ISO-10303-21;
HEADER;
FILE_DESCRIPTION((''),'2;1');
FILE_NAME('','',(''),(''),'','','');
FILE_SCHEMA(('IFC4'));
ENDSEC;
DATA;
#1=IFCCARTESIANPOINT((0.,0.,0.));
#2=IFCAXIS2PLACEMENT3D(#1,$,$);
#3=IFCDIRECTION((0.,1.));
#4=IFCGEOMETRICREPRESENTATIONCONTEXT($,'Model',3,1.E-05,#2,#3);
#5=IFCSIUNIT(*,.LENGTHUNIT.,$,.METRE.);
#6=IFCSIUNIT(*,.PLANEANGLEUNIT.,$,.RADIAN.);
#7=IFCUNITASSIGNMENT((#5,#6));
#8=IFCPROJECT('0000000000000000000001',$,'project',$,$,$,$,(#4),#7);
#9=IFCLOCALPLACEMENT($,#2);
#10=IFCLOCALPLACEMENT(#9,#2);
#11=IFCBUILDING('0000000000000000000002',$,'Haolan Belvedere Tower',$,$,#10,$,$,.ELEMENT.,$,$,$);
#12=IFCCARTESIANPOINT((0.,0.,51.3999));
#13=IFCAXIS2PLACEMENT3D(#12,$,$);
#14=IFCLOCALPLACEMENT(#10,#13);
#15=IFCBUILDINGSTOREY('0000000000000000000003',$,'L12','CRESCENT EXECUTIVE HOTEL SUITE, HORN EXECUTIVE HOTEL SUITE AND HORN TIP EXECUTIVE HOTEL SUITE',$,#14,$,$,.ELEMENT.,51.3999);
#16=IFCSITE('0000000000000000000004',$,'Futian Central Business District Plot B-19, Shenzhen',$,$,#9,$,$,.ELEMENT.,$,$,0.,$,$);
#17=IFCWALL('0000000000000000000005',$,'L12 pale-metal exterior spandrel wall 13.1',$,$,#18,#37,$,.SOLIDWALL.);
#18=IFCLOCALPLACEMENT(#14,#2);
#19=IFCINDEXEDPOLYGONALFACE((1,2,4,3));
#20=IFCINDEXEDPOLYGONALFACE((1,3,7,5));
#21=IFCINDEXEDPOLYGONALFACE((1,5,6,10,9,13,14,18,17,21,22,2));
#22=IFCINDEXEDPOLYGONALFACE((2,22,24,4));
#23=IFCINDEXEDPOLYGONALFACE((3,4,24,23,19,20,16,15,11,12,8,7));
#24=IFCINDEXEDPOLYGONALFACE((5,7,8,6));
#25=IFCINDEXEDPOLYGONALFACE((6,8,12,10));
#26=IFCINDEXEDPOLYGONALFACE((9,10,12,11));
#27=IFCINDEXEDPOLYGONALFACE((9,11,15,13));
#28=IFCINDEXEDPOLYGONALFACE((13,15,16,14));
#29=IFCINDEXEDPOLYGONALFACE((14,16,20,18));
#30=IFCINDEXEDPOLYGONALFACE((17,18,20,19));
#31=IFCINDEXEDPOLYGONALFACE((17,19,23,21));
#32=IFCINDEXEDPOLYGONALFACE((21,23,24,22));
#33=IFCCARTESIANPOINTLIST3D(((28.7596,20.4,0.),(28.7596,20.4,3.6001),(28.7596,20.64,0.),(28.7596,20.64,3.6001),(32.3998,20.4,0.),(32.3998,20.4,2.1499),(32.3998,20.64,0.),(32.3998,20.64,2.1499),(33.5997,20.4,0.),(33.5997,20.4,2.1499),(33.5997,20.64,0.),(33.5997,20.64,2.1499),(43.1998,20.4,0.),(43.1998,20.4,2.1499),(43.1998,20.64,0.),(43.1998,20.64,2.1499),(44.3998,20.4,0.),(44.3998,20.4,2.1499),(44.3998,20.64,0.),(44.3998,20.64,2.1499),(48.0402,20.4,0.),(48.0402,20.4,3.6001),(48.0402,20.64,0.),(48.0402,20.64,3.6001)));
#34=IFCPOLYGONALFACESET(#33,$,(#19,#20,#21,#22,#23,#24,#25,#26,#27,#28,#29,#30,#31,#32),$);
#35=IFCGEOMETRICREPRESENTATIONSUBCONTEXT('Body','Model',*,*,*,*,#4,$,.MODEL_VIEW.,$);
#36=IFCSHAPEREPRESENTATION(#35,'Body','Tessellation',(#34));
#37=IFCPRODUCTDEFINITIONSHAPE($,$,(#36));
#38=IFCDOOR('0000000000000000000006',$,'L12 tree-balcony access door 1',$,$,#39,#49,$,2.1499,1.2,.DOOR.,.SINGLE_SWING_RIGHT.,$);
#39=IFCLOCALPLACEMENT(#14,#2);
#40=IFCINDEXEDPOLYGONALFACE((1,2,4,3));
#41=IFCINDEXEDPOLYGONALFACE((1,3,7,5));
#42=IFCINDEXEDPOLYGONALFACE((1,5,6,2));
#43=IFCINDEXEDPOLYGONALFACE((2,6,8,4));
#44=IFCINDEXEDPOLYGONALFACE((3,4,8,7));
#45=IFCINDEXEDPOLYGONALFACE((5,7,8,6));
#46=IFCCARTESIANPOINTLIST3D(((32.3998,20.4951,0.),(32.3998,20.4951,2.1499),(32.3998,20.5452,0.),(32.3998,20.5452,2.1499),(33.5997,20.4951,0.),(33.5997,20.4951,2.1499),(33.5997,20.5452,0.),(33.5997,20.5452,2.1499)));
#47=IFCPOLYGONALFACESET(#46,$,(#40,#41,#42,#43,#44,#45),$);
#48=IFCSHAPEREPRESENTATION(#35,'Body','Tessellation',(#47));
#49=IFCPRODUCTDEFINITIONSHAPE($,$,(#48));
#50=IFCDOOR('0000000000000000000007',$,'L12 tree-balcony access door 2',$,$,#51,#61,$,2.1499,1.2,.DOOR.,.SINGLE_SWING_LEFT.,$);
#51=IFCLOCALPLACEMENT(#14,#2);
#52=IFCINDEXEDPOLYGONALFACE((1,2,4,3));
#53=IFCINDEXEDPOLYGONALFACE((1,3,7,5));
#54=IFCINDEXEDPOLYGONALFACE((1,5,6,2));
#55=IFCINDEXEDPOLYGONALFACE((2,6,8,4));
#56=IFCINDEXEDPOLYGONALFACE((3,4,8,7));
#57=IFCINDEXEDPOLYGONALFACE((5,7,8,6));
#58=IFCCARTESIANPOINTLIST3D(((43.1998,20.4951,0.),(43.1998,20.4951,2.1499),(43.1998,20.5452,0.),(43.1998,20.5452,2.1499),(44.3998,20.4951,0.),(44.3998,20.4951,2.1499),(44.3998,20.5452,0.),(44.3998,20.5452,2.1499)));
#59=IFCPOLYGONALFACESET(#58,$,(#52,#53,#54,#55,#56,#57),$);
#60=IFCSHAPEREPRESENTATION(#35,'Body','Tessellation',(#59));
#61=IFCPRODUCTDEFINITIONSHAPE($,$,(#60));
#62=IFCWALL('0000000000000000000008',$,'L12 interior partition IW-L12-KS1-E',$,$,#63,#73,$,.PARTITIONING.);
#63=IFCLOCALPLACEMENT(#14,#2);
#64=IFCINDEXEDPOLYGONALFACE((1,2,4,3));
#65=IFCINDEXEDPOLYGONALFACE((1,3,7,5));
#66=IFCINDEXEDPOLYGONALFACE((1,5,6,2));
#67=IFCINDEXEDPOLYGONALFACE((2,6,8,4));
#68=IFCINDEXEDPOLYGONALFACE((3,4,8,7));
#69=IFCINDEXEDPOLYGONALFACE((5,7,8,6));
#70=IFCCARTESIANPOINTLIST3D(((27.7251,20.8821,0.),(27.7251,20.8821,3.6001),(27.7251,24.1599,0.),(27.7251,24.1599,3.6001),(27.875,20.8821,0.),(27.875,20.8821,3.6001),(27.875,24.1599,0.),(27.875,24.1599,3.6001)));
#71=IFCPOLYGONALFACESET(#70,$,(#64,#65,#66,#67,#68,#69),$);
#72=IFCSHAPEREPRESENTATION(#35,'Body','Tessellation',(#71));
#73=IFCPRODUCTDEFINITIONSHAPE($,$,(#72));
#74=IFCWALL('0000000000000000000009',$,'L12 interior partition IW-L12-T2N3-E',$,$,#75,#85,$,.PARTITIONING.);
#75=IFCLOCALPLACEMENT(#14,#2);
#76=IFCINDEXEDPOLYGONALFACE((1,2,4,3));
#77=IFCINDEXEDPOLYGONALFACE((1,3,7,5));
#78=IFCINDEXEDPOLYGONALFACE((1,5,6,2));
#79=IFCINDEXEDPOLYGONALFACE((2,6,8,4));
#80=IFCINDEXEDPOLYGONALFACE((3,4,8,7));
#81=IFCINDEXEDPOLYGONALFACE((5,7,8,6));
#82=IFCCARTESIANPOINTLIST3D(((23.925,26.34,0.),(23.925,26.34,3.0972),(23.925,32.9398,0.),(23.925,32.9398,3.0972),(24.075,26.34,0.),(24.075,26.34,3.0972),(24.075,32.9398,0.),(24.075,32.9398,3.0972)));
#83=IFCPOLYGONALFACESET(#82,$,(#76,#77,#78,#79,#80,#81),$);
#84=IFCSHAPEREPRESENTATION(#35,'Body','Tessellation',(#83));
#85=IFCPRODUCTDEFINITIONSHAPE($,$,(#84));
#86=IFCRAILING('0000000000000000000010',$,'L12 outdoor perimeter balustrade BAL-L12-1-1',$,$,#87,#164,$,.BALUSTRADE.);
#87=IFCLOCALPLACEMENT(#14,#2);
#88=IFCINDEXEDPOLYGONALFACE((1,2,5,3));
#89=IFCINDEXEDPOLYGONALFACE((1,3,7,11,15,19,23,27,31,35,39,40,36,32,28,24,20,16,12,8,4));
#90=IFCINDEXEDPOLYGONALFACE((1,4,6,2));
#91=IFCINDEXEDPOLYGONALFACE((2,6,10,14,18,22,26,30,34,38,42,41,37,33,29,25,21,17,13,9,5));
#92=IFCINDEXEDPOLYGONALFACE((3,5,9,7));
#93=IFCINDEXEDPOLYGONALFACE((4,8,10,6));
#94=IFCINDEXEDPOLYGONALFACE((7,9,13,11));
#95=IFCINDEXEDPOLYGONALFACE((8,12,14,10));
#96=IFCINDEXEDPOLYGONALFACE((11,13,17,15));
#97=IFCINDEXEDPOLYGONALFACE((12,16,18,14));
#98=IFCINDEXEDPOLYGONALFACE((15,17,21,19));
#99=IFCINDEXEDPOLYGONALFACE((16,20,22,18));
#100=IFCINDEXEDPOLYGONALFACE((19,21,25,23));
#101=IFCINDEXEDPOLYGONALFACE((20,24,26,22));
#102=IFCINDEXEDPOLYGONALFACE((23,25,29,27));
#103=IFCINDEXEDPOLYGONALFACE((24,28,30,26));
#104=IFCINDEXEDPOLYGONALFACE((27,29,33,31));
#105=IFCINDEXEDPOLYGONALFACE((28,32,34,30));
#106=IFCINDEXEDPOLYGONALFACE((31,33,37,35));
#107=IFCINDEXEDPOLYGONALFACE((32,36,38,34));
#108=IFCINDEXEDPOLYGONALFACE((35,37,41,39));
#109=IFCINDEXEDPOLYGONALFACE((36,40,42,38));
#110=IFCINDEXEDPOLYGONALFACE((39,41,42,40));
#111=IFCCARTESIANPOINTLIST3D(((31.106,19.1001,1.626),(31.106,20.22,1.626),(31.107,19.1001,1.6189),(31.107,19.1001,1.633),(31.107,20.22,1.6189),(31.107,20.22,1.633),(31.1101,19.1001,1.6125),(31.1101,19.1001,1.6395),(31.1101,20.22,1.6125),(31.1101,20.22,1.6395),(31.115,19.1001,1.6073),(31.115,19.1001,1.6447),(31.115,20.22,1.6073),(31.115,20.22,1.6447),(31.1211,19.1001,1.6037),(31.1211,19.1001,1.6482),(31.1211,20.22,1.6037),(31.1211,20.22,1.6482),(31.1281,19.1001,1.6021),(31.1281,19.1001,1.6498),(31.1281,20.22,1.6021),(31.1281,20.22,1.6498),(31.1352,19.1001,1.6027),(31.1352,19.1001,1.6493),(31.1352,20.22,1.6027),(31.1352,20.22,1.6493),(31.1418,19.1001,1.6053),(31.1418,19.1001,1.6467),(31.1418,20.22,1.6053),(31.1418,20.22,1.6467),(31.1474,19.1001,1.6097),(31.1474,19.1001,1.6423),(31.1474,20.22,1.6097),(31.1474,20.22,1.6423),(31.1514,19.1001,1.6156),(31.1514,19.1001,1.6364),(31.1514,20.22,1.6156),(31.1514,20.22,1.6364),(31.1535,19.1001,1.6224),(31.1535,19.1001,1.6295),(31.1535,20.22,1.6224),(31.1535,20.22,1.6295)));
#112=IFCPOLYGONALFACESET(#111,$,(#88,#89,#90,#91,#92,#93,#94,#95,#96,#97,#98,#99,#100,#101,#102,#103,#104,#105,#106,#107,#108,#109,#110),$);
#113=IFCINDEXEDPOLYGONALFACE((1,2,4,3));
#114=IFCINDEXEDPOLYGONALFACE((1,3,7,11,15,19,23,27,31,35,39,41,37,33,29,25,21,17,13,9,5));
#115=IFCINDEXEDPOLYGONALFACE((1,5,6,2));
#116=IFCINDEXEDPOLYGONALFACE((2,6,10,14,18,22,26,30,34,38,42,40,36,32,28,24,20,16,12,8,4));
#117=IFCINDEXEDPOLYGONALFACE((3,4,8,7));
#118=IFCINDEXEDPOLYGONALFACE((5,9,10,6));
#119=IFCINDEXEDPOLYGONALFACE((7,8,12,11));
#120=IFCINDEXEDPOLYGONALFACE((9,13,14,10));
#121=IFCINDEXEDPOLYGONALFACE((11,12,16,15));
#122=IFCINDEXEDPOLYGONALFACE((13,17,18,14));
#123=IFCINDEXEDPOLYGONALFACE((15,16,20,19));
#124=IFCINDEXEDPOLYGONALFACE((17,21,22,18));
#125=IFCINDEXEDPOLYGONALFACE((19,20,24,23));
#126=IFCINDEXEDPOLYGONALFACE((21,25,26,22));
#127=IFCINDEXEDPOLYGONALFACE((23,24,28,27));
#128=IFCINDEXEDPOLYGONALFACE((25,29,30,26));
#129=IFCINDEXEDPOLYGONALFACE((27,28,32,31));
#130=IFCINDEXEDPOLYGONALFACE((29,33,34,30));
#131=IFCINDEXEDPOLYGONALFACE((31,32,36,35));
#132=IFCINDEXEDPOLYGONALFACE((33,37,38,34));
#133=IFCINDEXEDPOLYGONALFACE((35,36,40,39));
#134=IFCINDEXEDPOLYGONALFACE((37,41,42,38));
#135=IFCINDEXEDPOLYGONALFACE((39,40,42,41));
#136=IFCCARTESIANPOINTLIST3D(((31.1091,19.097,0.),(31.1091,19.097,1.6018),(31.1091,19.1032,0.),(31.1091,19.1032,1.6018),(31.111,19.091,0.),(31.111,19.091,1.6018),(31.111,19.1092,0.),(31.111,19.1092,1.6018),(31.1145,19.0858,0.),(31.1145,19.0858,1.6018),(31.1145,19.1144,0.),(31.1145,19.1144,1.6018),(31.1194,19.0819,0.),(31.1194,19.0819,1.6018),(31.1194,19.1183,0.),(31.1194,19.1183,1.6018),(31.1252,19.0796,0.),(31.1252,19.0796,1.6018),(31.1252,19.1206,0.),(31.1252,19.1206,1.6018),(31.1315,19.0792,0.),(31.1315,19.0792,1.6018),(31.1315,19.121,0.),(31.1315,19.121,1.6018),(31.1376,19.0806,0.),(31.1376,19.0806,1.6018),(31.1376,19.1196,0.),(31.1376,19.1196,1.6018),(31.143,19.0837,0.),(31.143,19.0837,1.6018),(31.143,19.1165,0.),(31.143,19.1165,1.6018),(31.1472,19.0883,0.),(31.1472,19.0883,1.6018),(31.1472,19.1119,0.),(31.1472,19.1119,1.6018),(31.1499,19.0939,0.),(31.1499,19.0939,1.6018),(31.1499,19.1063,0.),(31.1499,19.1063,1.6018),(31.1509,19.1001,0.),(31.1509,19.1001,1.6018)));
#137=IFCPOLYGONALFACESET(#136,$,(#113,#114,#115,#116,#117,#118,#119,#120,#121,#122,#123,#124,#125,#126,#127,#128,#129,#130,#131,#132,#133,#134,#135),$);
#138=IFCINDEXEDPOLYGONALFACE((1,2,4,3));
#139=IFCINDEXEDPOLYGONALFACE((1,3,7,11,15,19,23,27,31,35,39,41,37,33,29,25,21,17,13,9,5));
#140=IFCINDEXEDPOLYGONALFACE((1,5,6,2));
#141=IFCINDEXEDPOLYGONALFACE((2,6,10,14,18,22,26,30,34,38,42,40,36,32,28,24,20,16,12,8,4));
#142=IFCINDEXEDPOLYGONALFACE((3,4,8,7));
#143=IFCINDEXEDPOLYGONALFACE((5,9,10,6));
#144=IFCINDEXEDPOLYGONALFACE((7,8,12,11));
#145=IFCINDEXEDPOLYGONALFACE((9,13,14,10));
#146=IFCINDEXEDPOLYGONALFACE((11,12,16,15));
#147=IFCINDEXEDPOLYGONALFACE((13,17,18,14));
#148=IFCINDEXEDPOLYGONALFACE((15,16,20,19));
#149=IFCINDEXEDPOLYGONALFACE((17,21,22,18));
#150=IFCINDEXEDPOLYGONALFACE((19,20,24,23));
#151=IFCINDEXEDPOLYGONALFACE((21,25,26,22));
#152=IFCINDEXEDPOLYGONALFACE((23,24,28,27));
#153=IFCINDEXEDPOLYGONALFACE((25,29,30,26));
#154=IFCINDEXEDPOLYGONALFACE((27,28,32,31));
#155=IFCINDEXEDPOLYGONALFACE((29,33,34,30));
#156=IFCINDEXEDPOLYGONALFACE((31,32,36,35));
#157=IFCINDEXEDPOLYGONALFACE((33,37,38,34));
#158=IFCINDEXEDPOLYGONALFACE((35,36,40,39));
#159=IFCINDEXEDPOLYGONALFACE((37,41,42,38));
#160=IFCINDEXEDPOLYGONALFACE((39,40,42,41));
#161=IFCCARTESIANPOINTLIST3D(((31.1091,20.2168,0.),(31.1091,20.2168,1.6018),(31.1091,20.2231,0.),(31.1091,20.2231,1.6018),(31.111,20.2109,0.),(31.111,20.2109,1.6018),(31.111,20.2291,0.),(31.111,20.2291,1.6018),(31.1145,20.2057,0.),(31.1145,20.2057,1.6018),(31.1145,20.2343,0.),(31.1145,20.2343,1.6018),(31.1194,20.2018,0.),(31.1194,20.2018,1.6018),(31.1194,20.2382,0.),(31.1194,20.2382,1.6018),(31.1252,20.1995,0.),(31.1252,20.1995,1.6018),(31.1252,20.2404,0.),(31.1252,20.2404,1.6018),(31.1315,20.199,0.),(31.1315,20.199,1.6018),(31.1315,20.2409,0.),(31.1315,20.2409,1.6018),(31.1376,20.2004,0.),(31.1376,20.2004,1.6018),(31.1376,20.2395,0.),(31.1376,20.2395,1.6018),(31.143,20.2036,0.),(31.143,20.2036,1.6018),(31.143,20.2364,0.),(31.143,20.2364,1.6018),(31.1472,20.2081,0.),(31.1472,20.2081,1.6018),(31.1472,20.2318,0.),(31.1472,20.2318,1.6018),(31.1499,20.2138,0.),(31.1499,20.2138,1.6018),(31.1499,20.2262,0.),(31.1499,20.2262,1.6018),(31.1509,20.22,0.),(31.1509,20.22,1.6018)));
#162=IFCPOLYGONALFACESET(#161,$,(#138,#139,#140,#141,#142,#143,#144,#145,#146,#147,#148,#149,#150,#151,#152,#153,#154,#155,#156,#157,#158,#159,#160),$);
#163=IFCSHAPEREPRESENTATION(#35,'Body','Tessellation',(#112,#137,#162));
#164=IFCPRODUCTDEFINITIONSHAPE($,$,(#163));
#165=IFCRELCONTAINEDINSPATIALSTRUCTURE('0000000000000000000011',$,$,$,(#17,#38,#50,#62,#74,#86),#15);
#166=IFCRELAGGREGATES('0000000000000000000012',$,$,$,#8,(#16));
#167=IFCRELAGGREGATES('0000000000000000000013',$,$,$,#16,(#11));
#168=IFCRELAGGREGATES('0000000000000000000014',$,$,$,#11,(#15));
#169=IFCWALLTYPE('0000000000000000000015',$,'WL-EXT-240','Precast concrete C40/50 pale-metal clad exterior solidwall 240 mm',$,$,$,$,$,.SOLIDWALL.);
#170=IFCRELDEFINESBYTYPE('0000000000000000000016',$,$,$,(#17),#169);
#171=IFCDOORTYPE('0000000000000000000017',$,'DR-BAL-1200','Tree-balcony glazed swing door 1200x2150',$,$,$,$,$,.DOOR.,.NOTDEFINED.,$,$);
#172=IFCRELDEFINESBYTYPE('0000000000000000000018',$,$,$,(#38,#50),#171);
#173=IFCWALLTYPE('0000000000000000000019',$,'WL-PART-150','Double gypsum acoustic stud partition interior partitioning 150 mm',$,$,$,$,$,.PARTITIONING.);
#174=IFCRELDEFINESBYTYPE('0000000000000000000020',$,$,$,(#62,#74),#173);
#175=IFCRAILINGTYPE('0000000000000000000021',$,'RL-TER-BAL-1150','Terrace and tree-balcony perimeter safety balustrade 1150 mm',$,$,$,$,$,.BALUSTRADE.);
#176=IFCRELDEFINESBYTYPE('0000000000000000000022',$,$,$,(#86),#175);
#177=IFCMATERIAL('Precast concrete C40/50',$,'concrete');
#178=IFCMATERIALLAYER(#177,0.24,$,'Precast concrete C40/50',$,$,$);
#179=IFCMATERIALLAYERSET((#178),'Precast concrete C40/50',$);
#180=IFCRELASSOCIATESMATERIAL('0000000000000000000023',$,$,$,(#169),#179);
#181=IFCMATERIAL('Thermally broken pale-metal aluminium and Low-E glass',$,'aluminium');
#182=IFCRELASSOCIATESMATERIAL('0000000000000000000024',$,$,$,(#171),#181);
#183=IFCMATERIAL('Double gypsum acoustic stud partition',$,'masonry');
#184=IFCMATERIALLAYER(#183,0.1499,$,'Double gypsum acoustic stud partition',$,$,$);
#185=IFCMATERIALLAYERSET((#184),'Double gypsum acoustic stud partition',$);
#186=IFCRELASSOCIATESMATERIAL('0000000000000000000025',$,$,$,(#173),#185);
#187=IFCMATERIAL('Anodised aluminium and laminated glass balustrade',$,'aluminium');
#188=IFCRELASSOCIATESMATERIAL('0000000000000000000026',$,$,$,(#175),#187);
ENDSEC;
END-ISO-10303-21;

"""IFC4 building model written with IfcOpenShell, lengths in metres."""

from ifc_helpers import new_model, si_unit, direction, frame, frame_2d, origin, origin_2d, place, context, subcontext, project, spatial, rectangle, circle, extrude, material, layer, layer_set, type_object, element, fill, save


model = new_model("IFC4")

# Units and contexts
model_context = context("Model", 3, precision=1e-05, world=origin(), true_north=direction((0.0, 1.0)))
body_context = subcontext(model_context, "Body", "Model", "MODEL_VIEW")
ifc_project = project(units=[si_unit("LENGTHUNIT", "METRE"), si_unit("PLANEANGLEUNIT", "RADIAN")], contexts=[model_context])

# Site, building, storey
site_placement = place(None, origin())
site = spatial("IfcSite", under=ifc_project, at=site_placement, Name="Futian Central Business District Plot B-19, Shenzhen", CompositionType="ELEMENT", RefElevation=0.0)
building_placement = place(site_placement, origin())
building = spatial("IfcBuilding", under=site, at=building_placement, Name="Haolan Belvedere Tower", CompositionType="ELEMENT")
storey_placement = place(building_placement, frame((0.0, 0.0, 51.3999)))
storey = spatial("IfcBuildingStorey", under=building, at=storey_placement, Name="L12", Description="CRESCENT EXECUTIVE HOTEL SUITE, HORN EXECUTIVE HOTEL SUITE AND HORN TIP EXECUTIVE HOTEL SUITE", CompositionType="ELEMENT", Elevation=51.3999)

# Shared definitions
ifc_material_1 = material(Name="Precast concrete C40/50", Category="concrete")
ifc_layer_1 = layer(ifc_material_1, 0.24, Name="Precast concrete C40/50")
ifc_layer_set_1 = layer_set([ifc_layer_1], Name="Precast concrete C40/50")
wall_type_1 = type_object("IfcWallType", Name="WL-EXT-240", Description="Precast concrete C40/50 pale-metal clad exterior solidwall 240 mm", PredefinedType="SOLIDWALL", material=ifc_layer_set_1)

# Wall, openings, doors
wall_1_placement = place(storey_placement, frame((28.7598, 20.52, 0.0), z_axis=(0.0, 0.0, 1.0), x_axis=(1.0, 0.0, 0.0)))
wall_1 = element("IfcWall", 1, at=wall_1_placement, inside=storey, type_object=wall_type_1, Name="L12 pale-metal exterior spandrel wall 13.1", PredefinedType="SOLIDWALL", context=body_context, shape_type="SweptSolid", body=[
    extrude(rectangle(XDim=19.2805, YDim=0.24, at=frame_2d((9.6401, 0.0))), origin(), (0.0, 0.0, 1.0), 3.6001),
])
opening_1_placement = place(wall_1_placement, frame((4.8401, 0.0, 0.0), z_axis=(0.0, 0.0, 1.0), x_axis=(-1.0, 0.0, 0.0)))
opening_1 = element("IfcOpeningElement", 2, at=opening_1_placement, cuts=wall_1, PredefinedType="OPENING", context=body_context, shape_type="SweptSolid", body=[
    extrude(rectangle(XDim=1.2, YDim=2.1499, at=frame_2d((0.6001, 1.075))), frame((0.0, 0.1299, 0.0), z_axis=(0.0, -1.0, 0.0), x_axis=(1.0, 0.0, 0.0)), (0.0, 0.0, 1.0), 0.26),
])
opening_2_placement = place(wall_1_placement, frame((15.6401, 0.0, 0.0), z_axis=(0.0, 0.0, 1.0), x_axis=(-1.0, 0.0, 0.0)))
opening_2 = element("IfcOpeningElement", 3, at=opening_2_placement, cuts=wall_1, PredefinedType="OPENING", context=body_context, shape_type="SweptSolid", body=[
    extrude(rectangle(XDim=1.2, YDim=2.1499, at=frame_2d((0.6001, 1.075))), frame((0.0, 0.1299, 0.0), z_axis=(0.0, -1.0, 0.0), x_axis=(1.0, 0.0, 0.0)), (0.0, 0.0, 1.0), 0.26),
])
ifc_material_2 = material(Name="Thermally broken pale-metal aluminium and Low-E glass", Category="aluminium")
door_type_1 = type_object("IfcDoorType", Name="DR-BAL-1200", Description="Tree-balcony glazed swing door 1200x2150", OperationType="NOTDEFINED", PredefinedType="DOOR", material=ifc_material_2)
door_1_placement = place(opening_1_placement, origin())
door_1 = element("IfcDoor", 4, at=door_1_placement, inside=storey, type_object=door_type_1, Name="L12 tree-balcony access door 1", OperationType="SINGLE_SWING_RIGHT", OverallHeight=2.1499, OverallWidth=1.2, PredefinedType="DOOR", context=body_context, shape_type="SweptSolid", body=[
    extrude(rectangle(XDim=1.2, YDim=2.1499, at=frame_2d((0.6001, 1.075))), frame((0.0, 0.0249, 0.0), z_axis=(0.0, -1.0, 0.0), x_axis=(1.0, 0.0, 0.0)), (0.0, 0.0, 1.0), 0.05),
])
fill(opening_1, door_1)
door_2_placement = place(opening_2_placement, origin())
door_2 = element("IfcDoor", 5, at=door_2_placement, inside=storey, type_object=door_type_1, Name="L12 tree-balcony access door 2", OperationType="SINGLE_SWING_LEFT", OverallHeight=2.1499, OverallWidth=1.2, PredefinedType="DOOR", context=body_context, shape_type="SweptSolid", body=[
    extrude(rectangle(XDim=1.2, YDim=2.1499, at=frame_2d((0.6001, 1.075))), frame((0.0, 0.0249, 0.0), z_axis=(0.0, -1.0, 0.0), x_axis=(1.0, 0.0, 0.0)), (0.0, 0.0, 1.0), 0.05),
])
fill(opening_2, door_2)

# Wall
ifc_material_3 = material(Name="Double gypsum acoustic stud partition", Category="masonry")
ifc_layer_2 = layer(ifc_material_3, 0.1499, Name="Double gypsum acoustic stud partition")
ifc_layer_set_2 = layer_set([ifc_layer_2], Name="Double gypsum acoustic stud partition")
wall_type_2 = type_object("IfcWallType", Name="WL-PART-150", Description="Double gypsum acoustic stud partition interior partitioning 150 mm", PredefinedType="PARTITIONING", material=ifc_layer_set_2)
wall_2_placement = place(storey_placement, frame((27.8, 20.8821, 0.0), z_axis=(0.0, 0.0, 1.0), x_axis=(0.0, 1.0, 0.0)))
element("IfcWall", 6, at=wall_2_placement, inside=storey, type_object=wall_type_2, Name="L12 interior partition IW-L12-KS1-E", PredefinedType="PARTITIONING", context=body_context, shape_type="SweptSolid", body=[
    extrude(rectangle(XDim=3.2778, YDim=0.1499, at=frame_2d((1.6389, 0.0))), origin(), (0.0, 0.0, 1.0), 3.6001),
])

# Wall
wall_3_placement = place(storey_placement, frame((24.0, 26.3401, 0.0), z_axis=(0.0, 0.0, 1.0), x_axis=(0.0, 1.0, 0.0)))
element("IfcWall", 7, at=wall_3_placement, inside=storey, type_object=wall_type_2, Name="L12 interior partition IW-L12-T2N3-E", PredefinedType="PARTITIONING", context=body_context, shape_type="SweptSolid", body=[
    extrude(rectangle(XDim=6.5999, YDim=0.1499, at=frame_2d((3.2998, 0.0))), origin(), (0.0, 0.0, 1.0), 3.0972),
])

# Railing
ifc_material_4 = material(Name="Anodised aluminium and laminated glass balustrade", Category="aluminium")
railing_type = type_object("IfcRailingType", Name="RL-TER-BAL-1150", Description="Terrace and tree-balcony perimeter safety balustrade 1150 mm", PredefinedType="BALUSTRADE", material=ifc_material_4)
railing_placement = place(storey_placement, frame((31.1299, 19.1001, 0.0)))
element("IfcRailing", 8, at=railing_placement, inside=storey, type_object=railing_type, Name="L12 outdoor perimeter balustrade BAL-L12-1-1", PredefinedType="BALUSTRADE", context=body_context, shape_type="SweptSolid", body=[
    extrude(circle(Radius=0.0239, at=origin_2d()), frame((0.0, 0.0, 1.626), z_axis=(0.0, 1.0, 0.0), x_axis=(-1.0, 0.0, 0.0)), (0.0, 0.0, 1.0), 1.1199),
    extrude(circle(Radius=0.021, at=origin_2d()), origin(), (0.0, 0.0, 1.0), 1.6018),
    extrude(circle(Radius=0.021, at=origin_2d()), frame((0.0, 1.1199, 0.0)), (0.0, 0.0, 1.0), 1.6018),
])

save(model, "model.ifc")
